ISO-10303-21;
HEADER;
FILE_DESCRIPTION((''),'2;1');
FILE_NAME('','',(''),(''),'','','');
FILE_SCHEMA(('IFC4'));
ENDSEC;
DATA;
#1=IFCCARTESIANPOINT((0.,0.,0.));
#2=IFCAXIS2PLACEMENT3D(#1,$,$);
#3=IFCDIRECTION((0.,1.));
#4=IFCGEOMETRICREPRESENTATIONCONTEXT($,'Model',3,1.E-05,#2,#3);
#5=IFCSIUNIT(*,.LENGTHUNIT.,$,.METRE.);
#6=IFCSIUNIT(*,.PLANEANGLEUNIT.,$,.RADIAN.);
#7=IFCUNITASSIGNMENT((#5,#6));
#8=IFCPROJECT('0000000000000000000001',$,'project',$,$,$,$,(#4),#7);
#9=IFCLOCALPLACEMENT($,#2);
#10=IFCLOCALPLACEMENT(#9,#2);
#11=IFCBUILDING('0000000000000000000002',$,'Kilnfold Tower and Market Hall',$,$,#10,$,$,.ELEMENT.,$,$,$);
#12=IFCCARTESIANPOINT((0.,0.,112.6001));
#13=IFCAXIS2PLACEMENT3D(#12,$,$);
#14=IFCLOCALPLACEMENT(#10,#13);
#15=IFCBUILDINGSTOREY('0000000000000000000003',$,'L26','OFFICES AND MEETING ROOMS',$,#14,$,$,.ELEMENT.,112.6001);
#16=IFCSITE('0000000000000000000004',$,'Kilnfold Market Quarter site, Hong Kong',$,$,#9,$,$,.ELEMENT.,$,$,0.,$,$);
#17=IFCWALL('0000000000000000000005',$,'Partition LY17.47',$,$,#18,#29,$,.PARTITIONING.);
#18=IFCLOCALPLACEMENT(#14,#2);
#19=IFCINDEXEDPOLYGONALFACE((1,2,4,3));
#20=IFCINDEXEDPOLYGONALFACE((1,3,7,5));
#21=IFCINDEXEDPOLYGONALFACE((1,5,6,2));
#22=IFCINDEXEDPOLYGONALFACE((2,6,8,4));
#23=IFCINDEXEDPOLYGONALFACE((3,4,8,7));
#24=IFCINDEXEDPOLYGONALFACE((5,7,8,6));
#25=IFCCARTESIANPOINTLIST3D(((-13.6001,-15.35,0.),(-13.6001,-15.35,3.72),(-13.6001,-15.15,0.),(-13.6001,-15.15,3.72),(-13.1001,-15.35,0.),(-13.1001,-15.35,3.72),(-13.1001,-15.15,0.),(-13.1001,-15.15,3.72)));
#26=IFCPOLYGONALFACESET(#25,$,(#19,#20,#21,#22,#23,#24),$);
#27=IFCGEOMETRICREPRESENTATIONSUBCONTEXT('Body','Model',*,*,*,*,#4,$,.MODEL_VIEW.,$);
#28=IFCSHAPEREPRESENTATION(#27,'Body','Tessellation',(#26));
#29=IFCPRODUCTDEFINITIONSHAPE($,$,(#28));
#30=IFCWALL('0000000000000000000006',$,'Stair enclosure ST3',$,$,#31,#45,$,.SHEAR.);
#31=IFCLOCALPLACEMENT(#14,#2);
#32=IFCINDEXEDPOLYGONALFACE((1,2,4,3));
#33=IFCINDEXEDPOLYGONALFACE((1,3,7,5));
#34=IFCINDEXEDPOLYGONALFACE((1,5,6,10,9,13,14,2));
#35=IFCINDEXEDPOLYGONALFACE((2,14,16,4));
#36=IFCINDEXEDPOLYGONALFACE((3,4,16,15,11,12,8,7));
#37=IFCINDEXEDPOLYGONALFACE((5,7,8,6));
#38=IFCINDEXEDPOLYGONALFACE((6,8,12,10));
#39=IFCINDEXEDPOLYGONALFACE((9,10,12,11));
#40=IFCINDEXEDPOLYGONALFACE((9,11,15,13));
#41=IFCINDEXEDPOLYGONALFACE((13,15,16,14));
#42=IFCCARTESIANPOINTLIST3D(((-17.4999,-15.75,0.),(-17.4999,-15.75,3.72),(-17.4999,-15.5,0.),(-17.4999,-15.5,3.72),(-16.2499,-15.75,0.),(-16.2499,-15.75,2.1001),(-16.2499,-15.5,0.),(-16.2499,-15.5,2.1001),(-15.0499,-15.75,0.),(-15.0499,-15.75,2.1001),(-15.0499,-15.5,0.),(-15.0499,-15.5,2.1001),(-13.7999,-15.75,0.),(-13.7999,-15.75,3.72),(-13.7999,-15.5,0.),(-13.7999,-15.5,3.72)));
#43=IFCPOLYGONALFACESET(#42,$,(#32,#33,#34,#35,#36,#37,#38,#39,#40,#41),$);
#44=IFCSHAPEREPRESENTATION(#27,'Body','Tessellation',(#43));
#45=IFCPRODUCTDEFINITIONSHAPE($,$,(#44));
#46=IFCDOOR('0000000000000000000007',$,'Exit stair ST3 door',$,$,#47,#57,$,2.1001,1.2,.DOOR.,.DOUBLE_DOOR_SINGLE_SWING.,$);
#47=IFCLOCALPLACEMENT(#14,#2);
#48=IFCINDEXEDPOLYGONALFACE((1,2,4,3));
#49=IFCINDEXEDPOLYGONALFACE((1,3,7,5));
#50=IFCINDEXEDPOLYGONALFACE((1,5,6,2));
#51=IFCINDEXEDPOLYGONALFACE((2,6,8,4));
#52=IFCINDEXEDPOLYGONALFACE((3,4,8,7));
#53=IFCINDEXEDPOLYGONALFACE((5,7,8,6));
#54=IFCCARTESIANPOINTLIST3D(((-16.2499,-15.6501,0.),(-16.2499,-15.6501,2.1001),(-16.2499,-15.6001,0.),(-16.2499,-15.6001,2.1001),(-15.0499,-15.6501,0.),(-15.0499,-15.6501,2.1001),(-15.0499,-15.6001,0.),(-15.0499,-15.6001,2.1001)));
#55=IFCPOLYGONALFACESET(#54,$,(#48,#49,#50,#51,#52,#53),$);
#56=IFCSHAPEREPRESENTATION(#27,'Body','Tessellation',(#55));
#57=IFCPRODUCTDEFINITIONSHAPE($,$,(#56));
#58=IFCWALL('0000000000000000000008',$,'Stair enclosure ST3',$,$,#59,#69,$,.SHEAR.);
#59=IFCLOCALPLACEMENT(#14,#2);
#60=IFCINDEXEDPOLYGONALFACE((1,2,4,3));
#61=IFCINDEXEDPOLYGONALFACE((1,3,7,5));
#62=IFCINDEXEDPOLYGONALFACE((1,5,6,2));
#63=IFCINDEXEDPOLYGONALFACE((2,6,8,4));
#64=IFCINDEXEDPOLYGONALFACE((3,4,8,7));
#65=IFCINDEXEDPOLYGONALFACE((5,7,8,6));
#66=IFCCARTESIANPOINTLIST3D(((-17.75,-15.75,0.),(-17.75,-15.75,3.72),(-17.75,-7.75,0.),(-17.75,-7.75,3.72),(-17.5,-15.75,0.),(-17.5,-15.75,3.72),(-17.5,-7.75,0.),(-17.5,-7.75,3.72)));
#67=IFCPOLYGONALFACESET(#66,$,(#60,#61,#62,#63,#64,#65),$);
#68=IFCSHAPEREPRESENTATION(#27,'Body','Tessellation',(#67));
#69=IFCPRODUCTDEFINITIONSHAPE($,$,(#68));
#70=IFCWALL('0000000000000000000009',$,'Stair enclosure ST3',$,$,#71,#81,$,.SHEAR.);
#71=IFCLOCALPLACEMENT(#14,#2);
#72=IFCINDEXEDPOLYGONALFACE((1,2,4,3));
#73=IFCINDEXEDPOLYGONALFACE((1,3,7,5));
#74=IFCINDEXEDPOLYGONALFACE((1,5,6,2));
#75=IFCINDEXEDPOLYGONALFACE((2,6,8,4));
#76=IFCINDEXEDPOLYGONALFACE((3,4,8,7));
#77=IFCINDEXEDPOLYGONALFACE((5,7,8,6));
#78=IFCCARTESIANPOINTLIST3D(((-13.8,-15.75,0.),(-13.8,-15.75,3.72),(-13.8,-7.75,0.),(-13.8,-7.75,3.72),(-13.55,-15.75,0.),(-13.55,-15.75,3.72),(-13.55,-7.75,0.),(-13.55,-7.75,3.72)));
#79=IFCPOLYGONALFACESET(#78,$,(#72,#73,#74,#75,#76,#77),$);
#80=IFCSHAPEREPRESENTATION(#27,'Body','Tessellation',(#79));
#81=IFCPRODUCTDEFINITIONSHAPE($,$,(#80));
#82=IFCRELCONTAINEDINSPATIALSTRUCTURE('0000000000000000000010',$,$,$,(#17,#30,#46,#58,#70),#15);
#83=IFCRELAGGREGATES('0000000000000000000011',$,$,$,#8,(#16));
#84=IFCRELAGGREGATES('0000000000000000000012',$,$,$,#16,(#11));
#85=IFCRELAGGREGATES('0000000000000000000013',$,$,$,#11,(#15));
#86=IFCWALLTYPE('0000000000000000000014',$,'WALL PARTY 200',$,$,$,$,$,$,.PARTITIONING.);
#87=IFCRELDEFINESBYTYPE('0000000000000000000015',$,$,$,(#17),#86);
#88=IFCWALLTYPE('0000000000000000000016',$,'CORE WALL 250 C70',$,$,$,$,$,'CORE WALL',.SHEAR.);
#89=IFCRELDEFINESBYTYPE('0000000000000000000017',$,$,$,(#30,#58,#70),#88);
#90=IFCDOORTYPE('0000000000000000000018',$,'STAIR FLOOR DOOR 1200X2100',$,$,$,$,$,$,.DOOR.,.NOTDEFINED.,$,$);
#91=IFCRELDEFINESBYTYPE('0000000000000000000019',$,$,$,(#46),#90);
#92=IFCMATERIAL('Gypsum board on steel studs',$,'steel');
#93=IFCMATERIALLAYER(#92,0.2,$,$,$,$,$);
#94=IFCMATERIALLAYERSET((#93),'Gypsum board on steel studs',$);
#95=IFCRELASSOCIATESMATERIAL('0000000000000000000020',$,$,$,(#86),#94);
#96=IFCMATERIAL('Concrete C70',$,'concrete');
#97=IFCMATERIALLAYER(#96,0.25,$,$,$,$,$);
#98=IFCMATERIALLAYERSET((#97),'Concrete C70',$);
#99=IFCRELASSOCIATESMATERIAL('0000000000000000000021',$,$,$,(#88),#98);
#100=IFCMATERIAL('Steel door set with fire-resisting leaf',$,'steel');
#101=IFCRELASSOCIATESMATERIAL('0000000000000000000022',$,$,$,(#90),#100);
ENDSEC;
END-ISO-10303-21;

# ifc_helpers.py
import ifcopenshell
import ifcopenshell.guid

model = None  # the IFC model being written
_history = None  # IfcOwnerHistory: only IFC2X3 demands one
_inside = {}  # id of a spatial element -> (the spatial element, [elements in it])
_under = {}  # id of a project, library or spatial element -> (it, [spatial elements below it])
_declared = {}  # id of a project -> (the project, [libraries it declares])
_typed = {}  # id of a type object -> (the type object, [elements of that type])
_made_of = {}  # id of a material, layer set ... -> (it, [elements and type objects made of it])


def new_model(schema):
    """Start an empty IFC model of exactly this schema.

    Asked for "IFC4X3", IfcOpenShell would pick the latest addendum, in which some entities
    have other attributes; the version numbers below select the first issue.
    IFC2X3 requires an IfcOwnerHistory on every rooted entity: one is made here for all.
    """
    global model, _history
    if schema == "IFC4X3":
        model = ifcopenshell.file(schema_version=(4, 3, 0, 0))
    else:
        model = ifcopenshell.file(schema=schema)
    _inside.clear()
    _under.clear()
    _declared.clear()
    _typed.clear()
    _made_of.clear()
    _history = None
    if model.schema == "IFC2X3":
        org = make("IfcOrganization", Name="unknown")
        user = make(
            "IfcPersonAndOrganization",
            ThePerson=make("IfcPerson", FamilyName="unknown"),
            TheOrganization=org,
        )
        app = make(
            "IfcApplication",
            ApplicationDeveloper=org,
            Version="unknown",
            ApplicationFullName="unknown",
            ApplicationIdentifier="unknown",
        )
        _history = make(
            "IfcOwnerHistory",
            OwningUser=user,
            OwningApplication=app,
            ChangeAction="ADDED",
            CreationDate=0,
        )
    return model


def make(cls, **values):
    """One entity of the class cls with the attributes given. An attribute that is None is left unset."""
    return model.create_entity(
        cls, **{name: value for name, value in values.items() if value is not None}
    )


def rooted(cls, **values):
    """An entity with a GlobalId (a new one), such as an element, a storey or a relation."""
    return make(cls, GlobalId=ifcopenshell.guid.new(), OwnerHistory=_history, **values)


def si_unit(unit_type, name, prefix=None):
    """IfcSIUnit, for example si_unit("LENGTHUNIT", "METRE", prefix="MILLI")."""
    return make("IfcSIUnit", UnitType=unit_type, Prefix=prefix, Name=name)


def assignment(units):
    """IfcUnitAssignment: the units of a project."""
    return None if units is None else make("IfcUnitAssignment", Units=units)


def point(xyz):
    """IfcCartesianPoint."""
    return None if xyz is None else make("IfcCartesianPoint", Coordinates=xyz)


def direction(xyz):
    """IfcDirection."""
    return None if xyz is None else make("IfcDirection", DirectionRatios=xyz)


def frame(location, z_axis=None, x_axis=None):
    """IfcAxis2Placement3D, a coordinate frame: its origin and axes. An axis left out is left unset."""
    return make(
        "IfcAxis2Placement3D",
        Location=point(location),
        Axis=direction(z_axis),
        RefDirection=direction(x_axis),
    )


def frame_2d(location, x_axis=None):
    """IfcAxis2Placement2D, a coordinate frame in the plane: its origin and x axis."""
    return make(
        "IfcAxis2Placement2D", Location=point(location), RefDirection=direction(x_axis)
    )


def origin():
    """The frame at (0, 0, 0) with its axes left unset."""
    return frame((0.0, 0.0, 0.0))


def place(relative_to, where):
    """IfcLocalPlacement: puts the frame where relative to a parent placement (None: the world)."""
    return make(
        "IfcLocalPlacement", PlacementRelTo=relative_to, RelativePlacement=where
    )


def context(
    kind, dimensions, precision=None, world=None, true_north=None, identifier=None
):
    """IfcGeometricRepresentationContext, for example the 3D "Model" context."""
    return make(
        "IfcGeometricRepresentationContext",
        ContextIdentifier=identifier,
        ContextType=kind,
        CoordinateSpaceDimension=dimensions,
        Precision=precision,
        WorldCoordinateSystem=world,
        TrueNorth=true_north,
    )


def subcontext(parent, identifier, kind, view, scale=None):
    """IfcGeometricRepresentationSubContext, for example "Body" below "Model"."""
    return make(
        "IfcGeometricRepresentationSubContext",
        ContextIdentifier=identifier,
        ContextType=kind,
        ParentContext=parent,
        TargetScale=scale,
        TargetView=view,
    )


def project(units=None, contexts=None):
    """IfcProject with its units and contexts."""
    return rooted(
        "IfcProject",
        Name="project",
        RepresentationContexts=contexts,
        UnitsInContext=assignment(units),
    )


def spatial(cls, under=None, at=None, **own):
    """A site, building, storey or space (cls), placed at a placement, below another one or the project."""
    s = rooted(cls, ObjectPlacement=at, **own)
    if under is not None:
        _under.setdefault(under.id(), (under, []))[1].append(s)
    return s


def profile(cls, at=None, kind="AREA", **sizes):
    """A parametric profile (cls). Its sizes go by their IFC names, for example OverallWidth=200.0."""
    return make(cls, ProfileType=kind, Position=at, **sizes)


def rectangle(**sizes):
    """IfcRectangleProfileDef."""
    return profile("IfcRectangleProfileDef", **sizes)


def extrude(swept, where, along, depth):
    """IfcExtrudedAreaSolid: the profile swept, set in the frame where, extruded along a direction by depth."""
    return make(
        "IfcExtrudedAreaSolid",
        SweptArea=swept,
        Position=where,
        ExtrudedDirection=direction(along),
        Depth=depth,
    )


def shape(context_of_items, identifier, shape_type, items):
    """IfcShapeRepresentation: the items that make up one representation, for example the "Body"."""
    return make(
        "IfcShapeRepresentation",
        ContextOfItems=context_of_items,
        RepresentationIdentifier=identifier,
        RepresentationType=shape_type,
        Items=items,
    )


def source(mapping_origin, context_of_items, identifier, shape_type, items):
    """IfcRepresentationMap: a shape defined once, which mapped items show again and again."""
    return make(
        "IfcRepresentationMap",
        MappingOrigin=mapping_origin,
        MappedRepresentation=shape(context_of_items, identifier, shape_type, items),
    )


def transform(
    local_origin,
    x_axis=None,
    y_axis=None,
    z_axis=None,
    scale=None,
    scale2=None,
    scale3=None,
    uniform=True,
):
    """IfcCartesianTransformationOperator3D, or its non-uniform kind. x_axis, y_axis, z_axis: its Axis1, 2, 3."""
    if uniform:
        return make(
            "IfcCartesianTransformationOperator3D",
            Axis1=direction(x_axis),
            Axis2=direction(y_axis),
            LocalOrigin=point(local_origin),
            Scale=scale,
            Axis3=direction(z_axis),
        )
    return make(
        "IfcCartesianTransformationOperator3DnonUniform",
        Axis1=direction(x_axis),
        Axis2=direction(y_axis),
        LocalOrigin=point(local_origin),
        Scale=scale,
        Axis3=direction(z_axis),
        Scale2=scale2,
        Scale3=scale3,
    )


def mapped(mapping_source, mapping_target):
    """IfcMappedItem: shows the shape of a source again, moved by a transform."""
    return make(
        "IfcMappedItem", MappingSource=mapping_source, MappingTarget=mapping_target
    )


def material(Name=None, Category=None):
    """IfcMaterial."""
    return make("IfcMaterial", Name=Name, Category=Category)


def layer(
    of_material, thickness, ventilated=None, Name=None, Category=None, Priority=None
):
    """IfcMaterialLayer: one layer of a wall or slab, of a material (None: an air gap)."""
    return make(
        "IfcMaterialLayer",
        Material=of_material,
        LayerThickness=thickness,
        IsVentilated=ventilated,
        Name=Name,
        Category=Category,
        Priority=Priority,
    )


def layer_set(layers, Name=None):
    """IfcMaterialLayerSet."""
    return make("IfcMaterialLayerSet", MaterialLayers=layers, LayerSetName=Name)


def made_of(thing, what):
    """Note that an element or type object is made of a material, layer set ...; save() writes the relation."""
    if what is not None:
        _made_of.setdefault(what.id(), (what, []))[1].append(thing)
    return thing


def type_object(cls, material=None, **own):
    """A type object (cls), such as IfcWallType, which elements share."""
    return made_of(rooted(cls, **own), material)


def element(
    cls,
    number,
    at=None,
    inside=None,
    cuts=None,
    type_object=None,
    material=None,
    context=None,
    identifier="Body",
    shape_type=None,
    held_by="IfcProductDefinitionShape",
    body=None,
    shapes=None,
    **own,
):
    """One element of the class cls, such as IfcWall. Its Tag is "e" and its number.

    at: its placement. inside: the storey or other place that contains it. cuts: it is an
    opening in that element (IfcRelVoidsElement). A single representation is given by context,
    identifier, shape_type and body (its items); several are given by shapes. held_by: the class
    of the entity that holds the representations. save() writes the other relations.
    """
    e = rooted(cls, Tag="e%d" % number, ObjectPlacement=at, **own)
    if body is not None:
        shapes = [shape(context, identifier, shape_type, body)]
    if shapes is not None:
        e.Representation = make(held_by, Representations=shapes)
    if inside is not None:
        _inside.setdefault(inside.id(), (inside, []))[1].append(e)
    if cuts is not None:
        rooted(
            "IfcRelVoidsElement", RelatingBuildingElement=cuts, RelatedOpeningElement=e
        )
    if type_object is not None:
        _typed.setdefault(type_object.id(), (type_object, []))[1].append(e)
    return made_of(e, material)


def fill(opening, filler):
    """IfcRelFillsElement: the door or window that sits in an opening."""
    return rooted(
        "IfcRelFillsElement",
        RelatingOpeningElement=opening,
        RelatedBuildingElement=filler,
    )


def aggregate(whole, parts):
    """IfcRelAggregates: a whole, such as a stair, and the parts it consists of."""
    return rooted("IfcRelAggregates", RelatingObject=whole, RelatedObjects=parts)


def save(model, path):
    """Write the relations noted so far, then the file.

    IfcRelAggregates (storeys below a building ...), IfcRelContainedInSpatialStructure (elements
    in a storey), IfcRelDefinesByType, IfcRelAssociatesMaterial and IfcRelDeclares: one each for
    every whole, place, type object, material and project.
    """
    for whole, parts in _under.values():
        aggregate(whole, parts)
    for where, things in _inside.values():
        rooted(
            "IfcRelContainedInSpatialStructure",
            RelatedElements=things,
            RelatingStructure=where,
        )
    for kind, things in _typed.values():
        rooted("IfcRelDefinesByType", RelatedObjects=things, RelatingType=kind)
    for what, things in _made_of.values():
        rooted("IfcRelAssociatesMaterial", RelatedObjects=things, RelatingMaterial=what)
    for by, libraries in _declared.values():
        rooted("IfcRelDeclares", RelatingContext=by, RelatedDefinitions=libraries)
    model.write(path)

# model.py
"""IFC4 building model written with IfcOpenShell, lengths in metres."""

from ifc_helpers import new_model, si_unit, direction, frame, frame_2d, origin, place, context, subcontext, project, spatial, rectangle, extrude, source, transform, mapped, material, layer, layer_set, type_object, element, fill, save


model = new_model("IFC4")

# Units and contexts
model_context = context("Model", 3, precision=1e-05, world=origin(), true_north=direction((0.0, 1.0)))
body_context = subcontext(model_context, "Body", "Model", "MODEL_VIEW")
ifc_project = project(units=[si_unit("LENGTHUNIT", "METRE"), si_unit("PLANEANGLEUNIT", "RADIAN")], contexts=[model_context])

# Site, building, storey
site_placement = place(None, origin())
site = spatial("IfcSite", under=ifc_project, at=site_placement, Name="Kilnfold Market Quarter site, Hong Kong", CompositionType="ELEMENT", RefElevation=0.0)
building_placement = place(site_placement, origin())
building = spatial("IfcBuilding", under=site, at=building_placement, Name="Kilnfold Tower and Market Hall", CompositionType="ELEMENT")
storey_placement = place(building_placement, frame((0.0, 0.0, 112.6001)))
storey = spatial("IfcBuildingStorey", under=building, at=storey_placement, Name="L26", Description="OFFICES AND MEETING ROOMS", CompositionType="ELEMENT", Elevation=112.6001)

# Wall
ifc_material_1 = material(Name="Gypsum board on steel studs", Category="steel")
ifc_layer_1 = layer(ifc_material_1, 0.2)
ifc_layer_set_1 = layer_set([ifc_layer_1], Name="Gypsum board on steel studs")
wall_type_1 = type_object("IfcWallType", Name="WALL PARTY 200", PredefinedType="PARTITIONING", material=ifc_layer_set_1)
wall_1_placement = place(storey_placement, frame((-13.6001, -15.25, 0.0), z_axis=(0.0, 0.0, 1.0), x_axis=(1.0, 0.0, 0.0)))
element("IfcWall", 1, at=wall_1_placement, inside=storey, type_object=wall_type_1, Name="Partition LY17.47", PredefinedType="PARTITIONING", context=body_context, shape_type="SweptSolid", body=[
    extrude(rectangle(XDim=0.5, YDim=0.2, at=frame_2d((0.25, 0.0))), origin(), (0.0, 0.0, 1.0), 3.72),
])

# Wall, opening, door
ifc_material_2 = material(Name="Concrete C70", Category="concrete")
ifc_layer_2 = layer(ifc_material_2, 0.25)
ifc_layer_set_2 = layer_set([ifc_layer_2], Name="Concrete C70")
wall_type_2 = type_object("IfcWallType", Name="CORE WALL 250 C70", ElementType="CORE WALL", PredefinedType="SHEAR", material=ifc_layer_set_2)
shared_shape_1 = source(origin(), body_context, "Body", "SweptSolid", [
    extrude(rectangle(XDim=3.7, YDim=0.25, at=frame_2d((1.8501, 0.0))), origin(), (0.0, 0.0, 1.0), 3.72),
])
wall_2_placement = place(storey_placement, frame((-17.5, -15.625, 0.0), z_axis=(0.0, 0.0, 1.0), x_axis=(1.0, 0.0, 0.0)))
wall_2 = element("IfcWall", 2, at=wall_2_placement, inside=storey, type_object=wall_type_2, Name="Stair enclosure ST3", PredefinedType="SHEAR", context=body_context, shape_type="MappedRepresentation", body=[
    mapped(shared_shape_1, transform((0.0, 0.0, 0.0))),
])
opening_1_placement = place(wall_2_placement, frame((1.25, 0.0, 0.0)))
opening_1 = element("IfcOpeningElement", 3, at=opening_1_placement, cuts=wall_2, PredefinedType="OPENING", context=body_context, shape_type="SweptSolid", body=[
    extrude(rectangle(XDim=1.2, YDim=2.1001, at=frame_2d((0.6001, 1.05))), frame((0.0, 0.135, 0.0), z_axis=(0.0, -1.0, 0.0), x_axis=(1.0, 0.0, 0.0)), (0.0, 0.0, 1.0), 0.27),
])
ifc_material_3 = material(Name="Steel door set with fire-resisting leaf", Category="steel")
door_type_1 = type_object("IfcDoorType", Name="STAIR FLOOR DOOR 1200X2100", OperationType="NOTDEFINED", PredefinedType="DOOR", material=ifc_material_3)
door_1_placement = place(opening_1_placement, origin())
door_1 = element("IfcDoor", 4, at=door_1_placement, inside=storey, type_object=door_type_1, Name="Exit stair ST3 door", OperationType="DOUBLE_DOOR_SINGLE_SWING", OverallHeight=2.1001, OverallWidth=1.2, PredefinedType="DOOR", context=body_context, shape_type="SweptSolid", body=[
    extrude(rectangle(XDim=1.2, YDim=2.1001, at=frame_2d((0.6001, 1.05))), frame((0.0, 0.0249, 0.0), z_axis=(0.0, -1.0, 0.0), x_axis=(1.0, 0.0, 0.0)), (0.0, 0.0, 1.0), 0.05),
])
fill(opening_1, door_1)

# Walls
shared_shape_2 = source(origin(), body_context, "Body", "SweptSolid", [
    extrude(rectangle(XDim=8.0, YDim=0.25, at=frame_2d((4.0, 0.0))), origin(), (0.0, 0.0, 1.0), 3.72),
])
for number, where, z_axis, x_axis, name in (
    (5, (-17.625, -15.75, 0.0), (0.0, 0.0, 1.0), (0.0, 1.0, 0.0), "Stair enclosure ST3"),
    (6, (-13.675, -15.75, 0.0), (0.0, 0.0, 1.0), (0.0, 1.0, 0.0), "Stair enclosure ST3"),
):
    element("IfcWall", number, at=place(storey_placement, frame(where, z_axis=z_axis, x_axis=x_axis)), inside=storey, type_object=wall_type_2, Name=name, PredefinedType="SHEAR", context=body_context, shape_type="MappedRepresentation", body=[
        mapped(shared_shape_2, transform((0.0, 0.0, 0.0))),
    ])

save(model, "model.ifc")
